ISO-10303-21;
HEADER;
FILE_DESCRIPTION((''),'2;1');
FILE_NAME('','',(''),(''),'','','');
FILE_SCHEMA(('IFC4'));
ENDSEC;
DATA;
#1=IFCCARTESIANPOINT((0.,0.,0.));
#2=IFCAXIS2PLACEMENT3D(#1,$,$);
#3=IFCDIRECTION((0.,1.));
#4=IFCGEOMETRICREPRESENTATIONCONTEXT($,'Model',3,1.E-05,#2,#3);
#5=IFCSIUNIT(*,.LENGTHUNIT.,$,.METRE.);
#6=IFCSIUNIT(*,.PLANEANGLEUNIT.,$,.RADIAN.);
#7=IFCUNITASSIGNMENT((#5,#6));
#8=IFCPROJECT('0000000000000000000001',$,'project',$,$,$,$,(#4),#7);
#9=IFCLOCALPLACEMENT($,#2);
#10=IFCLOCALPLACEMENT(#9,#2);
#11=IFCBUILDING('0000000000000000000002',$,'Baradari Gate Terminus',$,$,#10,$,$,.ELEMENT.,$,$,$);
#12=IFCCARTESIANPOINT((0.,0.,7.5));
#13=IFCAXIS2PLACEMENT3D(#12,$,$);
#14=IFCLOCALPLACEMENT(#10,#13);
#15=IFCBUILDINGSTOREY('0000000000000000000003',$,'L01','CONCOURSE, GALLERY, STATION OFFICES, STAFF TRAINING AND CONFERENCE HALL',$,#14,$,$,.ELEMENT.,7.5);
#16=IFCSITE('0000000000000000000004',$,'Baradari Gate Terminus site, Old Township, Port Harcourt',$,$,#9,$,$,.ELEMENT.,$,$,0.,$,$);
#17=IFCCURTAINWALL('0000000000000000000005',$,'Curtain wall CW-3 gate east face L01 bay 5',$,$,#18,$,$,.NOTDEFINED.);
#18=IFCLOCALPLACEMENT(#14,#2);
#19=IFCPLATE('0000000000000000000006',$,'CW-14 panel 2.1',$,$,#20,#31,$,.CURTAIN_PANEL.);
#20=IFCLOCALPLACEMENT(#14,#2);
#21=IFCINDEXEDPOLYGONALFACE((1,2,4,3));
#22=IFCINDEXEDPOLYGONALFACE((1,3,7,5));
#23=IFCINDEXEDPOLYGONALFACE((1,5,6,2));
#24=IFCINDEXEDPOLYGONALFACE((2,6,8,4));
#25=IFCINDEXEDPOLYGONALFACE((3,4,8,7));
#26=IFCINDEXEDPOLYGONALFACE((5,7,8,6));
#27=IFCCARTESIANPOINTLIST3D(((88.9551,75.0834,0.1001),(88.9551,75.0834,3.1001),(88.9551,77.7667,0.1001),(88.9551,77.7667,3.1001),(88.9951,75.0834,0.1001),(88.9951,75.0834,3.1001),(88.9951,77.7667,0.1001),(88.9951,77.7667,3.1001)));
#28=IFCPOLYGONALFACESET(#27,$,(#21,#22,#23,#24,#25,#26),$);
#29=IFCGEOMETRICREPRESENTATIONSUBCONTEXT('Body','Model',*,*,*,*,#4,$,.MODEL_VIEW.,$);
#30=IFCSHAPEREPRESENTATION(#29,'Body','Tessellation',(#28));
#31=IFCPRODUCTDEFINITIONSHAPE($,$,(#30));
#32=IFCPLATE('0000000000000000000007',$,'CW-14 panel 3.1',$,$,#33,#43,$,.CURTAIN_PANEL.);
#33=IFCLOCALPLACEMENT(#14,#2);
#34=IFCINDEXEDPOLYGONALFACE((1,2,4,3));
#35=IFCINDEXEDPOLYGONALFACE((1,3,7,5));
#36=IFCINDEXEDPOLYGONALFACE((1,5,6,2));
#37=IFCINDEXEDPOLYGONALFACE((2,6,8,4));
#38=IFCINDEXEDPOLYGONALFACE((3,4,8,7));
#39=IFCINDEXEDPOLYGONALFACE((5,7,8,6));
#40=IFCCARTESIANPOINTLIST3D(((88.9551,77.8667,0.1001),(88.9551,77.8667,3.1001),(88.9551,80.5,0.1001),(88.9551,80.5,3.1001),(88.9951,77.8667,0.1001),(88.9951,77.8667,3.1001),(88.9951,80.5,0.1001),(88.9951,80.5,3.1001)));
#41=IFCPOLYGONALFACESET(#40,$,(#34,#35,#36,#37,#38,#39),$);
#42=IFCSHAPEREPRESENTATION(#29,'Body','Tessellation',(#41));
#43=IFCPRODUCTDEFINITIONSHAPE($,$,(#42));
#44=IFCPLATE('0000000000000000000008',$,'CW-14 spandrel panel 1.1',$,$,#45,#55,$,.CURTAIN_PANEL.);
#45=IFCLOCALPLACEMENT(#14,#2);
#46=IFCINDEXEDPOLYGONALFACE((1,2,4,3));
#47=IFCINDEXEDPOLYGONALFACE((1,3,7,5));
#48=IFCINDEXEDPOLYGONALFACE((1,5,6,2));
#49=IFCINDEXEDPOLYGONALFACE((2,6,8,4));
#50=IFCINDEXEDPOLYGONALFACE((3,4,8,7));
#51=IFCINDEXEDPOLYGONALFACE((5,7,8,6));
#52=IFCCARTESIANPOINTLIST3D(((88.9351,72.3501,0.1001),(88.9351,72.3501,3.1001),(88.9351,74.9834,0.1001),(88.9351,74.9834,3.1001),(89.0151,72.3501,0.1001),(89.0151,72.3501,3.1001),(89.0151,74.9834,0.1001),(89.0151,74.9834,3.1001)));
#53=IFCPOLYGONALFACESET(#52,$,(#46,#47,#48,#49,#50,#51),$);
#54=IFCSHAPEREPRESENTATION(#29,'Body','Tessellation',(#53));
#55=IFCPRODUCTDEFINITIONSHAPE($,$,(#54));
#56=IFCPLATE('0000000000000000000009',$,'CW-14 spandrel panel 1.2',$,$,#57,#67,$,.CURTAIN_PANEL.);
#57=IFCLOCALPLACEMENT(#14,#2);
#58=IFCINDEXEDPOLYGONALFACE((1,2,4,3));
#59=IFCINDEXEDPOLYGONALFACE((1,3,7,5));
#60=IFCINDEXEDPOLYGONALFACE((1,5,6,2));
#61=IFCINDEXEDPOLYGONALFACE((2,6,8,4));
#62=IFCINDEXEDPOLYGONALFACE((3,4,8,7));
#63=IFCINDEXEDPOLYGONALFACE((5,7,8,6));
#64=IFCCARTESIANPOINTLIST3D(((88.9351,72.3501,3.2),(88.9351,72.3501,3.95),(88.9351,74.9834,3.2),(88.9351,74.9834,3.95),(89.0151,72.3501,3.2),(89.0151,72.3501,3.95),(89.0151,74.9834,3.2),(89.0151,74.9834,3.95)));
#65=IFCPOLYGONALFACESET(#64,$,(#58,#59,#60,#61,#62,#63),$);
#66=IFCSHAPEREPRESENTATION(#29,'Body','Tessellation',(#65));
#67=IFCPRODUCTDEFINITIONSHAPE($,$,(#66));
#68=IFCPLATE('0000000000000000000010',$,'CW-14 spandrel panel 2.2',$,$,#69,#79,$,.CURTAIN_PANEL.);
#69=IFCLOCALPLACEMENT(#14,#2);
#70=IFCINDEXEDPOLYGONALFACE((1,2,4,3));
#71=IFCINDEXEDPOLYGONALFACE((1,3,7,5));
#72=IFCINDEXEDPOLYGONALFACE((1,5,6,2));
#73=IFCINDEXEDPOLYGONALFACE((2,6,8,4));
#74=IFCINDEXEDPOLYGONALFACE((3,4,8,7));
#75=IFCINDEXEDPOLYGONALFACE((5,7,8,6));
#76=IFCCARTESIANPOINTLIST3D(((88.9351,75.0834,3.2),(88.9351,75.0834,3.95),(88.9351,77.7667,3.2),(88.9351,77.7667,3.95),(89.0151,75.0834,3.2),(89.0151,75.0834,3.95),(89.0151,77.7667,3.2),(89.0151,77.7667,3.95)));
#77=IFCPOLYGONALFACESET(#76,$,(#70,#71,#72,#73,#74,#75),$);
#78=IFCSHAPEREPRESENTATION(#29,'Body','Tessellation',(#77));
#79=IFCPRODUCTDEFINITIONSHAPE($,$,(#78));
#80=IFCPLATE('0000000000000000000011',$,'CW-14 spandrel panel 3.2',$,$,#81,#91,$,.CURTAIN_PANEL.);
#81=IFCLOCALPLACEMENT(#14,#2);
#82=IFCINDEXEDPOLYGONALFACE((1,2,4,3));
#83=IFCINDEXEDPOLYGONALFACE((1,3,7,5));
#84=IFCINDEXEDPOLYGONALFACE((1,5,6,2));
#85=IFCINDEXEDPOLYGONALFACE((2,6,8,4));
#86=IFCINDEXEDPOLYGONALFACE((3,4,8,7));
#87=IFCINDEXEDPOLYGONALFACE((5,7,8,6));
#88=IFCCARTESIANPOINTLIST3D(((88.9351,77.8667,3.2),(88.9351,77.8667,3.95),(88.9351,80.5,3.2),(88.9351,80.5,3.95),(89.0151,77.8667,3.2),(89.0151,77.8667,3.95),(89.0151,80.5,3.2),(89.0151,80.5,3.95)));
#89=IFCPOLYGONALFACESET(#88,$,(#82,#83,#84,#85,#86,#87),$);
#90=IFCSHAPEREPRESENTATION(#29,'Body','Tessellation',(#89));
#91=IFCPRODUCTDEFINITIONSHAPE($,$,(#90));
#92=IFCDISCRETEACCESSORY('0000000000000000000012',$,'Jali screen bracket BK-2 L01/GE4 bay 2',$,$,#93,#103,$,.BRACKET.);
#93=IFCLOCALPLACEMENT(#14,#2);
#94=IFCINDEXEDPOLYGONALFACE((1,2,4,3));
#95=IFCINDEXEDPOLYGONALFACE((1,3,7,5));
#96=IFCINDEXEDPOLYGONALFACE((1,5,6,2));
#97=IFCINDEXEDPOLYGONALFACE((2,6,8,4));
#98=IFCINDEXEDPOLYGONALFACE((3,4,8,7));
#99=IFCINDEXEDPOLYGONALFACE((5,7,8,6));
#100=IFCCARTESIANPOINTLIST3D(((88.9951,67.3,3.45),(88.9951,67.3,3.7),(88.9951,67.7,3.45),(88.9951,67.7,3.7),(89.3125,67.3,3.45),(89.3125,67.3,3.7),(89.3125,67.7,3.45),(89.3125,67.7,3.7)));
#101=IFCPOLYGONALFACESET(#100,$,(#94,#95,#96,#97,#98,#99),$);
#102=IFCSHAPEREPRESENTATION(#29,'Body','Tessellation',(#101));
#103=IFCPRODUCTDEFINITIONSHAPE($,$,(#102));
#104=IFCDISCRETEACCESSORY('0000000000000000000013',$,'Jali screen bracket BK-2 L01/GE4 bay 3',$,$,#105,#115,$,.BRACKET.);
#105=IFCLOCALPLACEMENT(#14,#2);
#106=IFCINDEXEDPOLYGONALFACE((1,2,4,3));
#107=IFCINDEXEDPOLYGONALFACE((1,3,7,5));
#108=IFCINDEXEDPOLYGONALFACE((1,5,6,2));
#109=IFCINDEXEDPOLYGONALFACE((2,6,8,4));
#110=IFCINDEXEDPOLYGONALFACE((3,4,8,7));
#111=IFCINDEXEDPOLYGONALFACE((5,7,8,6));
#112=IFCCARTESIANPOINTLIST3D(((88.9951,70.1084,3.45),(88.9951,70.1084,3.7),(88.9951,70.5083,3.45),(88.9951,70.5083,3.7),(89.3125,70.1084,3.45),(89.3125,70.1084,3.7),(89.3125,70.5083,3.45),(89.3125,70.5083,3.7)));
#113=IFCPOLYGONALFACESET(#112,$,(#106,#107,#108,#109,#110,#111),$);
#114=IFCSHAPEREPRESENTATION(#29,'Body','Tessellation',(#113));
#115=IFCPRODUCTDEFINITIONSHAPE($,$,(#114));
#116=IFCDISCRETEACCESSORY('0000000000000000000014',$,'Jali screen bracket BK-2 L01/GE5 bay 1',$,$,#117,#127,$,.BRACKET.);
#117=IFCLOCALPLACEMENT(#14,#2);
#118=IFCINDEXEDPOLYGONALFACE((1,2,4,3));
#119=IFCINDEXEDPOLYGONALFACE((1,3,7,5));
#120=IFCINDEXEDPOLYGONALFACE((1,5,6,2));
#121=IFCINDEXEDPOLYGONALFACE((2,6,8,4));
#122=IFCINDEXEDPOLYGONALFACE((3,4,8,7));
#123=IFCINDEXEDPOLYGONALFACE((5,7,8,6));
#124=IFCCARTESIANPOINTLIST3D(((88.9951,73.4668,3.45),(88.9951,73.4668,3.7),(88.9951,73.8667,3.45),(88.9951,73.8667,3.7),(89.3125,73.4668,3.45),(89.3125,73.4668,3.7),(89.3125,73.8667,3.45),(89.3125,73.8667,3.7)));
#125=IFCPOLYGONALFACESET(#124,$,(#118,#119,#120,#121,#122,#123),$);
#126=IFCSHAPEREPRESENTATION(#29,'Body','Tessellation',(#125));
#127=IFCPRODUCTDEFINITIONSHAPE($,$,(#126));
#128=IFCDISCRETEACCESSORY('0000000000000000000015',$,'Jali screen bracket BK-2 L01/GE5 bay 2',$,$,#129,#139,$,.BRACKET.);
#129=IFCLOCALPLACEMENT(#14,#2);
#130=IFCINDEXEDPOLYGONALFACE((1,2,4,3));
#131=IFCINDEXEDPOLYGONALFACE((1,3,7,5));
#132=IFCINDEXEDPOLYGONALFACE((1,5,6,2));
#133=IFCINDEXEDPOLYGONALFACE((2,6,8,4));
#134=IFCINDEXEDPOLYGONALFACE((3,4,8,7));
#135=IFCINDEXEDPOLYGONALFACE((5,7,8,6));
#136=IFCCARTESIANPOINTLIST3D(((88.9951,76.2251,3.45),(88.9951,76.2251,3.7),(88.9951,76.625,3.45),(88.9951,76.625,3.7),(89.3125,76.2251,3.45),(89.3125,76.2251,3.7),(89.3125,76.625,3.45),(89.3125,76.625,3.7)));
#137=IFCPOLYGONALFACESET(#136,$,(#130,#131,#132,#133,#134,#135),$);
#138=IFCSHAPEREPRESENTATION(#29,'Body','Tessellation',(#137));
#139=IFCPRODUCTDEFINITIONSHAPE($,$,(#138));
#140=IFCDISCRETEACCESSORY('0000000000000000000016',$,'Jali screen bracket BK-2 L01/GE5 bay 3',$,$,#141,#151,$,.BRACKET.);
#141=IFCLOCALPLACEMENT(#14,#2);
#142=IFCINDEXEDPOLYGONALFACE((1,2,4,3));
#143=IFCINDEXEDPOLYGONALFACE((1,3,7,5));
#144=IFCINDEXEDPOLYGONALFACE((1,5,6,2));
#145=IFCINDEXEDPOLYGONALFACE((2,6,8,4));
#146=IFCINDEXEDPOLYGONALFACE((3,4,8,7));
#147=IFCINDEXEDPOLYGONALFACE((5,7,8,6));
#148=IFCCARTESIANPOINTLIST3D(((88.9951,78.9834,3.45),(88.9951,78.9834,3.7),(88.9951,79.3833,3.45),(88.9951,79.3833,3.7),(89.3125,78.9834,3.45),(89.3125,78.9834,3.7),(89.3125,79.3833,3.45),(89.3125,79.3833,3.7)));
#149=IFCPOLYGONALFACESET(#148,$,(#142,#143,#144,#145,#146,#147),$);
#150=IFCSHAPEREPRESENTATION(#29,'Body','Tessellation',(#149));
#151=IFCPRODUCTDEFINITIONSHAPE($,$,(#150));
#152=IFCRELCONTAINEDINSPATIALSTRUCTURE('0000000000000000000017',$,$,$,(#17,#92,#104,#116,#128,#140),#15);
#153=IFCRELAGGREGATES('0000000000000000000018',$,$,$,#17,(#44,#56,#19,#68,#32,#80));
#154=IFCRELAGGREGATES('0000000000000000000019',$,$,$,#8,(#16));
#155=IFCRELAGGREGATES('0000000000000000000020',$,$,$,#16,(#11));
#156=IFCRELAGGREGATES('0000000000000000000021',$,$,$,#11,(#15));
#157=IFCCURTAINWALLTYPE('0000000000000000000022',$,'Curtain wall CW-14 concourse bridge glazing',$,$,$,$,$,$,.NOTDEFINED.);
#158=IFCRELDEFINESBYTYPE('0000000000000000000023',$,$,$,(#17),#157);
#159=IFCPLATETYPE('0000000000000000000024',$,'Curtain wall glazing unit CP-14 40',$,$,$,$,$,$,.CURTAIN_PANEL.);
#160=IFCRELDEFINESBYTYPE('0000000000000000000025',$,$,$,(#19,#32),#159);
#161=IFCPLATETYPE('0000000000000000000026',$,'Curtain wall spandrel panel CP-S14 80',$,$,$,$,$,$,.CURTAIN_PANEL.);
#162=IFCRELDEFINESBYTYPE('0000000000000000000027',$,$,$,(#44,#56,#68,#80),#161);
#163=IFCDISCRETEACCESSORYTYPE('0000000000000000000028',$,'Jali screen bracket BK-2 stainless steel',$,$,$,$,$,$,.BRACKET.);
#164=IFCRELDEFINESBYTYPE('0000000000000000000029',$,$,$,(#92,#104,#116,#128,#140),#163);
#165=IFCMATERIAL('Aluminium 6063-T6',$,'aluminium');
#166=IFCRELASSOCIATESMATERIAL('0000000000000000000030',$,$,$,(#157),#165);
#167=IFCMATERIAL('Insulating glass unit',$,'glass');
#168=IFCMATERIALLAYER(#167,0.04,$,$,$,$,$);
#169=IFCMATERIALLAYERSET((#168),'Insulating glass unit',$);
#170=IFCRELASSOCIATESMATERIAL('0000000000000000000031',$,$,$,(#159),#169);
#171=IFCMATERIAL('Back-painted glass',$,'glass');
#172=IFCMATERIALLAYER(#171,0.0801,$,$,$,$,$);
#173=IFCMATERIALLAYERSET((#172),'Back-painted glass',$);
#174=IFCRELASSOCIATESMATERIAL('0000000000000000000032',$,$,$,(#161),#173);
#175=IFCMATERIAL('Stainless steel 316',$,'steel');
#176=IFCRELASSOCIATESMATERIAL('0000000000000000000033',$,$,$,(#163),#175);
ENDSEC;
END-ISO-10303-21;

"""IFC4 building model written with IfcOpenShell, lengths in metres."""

from ifc_helpers import new_model, si_unit, direction, frame, origin, origin_2d, place, context, subcontext, project, spatial, rectangle, extrude, material, layer, layer_set, type_object, element, aggregate, save


model = new_model("IFC4")

# Units and contexts
model_context = context("Model", 3, precision=1e-05, world=origin(), true_north=direction((0.0, 1.0)))
body_context = subcontext(model_context, "Body", "Model", "MODEL_VIEW")
ifc_project = project(units=[si_unit("LENGTHUNIT", "METRE"), si_unit("PLANEANGLEUNIT", "RADIAN")], contexts=[model_context])

# Site, building, storey
site_placement = place(None, origin())
site = spatial("IfcSite", under=ifc_project, at=site_placement, Name="Baradari Gate Terminus site, Old Township, Port Harcourt", CompositionType="ELEMENT", RefElevation=0.0)
building_placement = place(site_placement, origin())
building = spatial("IfcBuilding", under=site, at=building_placement, Name="Baradari Gate Terminus", CompositionType="ELEMENT")
storey_placement = place(building_placement, frame((0.0, 0.0, 7.5)))
storey = spatial("IfcBuildingStorey", under=building, at=storey_placement, Name="L01", Description="CONCOURSE, GALLERY, STATION OFFICES, STAFF TRAINING AND CONFERENCE HALL", CompositionType="ELEMENT", Elevation=7.5)

# Curtain wall, plates
ifc_material_1 = material(Name="Aluminium 6063-T6", Category="aluminium")
curtain_wall_type = type_object("IfcCurtainWallType", Name="Curtain wall CW-14 concourse bridge glazing", PredefinedType="NOTDEFINED", material=ifc_material_1)
curtain_wall_placement = place(storey_placement, origin())
curtain_wall = element("IfcCurtainWall", 1, at=curtain_wall_placement, inside=storey, type_object=curtain_wall_type, Name="Curtain wall CW-3 gate east face L01 bay 5", PredefinedType="NOTDEFINED")
ifc_material_2 = material(Name="Insulating glass unit", Category="glass")
ifc_layer_1 = layer(ifc_material_2, 0.04)
ifc_layer_set_1 = layer_set([ifc_layer_1], Name="Insulating glass unit")
plate_type_1 = type_object("IfcPlateType", Name="Curtain wall glazing unit CP-14 40", PredefinedType="CURTAIN_PANEL", material=ifc_layer_set_1)
plate_1_placement = place(storey_placement, frame((88.9751, 76.425, 0.1001), z_axis=(0.0, 0.0, 1.0), x_axis=(0.0, 1.0, 0.0)))
plate_1 = element("IfcPlate", 2, at=plate_1_placement, type_object=plate_type_1, Name="CW-14 panel 2.1", PredefinedType="CURTAIN_PANEL", context=body_context, shape_type="SweptSolid", body=[
    extrude(rectangle(XDim=2.6833, YDim=0.04, at=origin_2d()), origin(), (0.0, 0.0, 1.0), 3.0),
])
plate_2_placement = place(storey_placement, frame((88.9751, 79.1833, 0.1001), z_axis=(0.0, 0.0, 1.0), x_axis=(0.0, 1.0, 0.0)))
plate_2 = element("IfcPlate", 3, at=plate_2_placement, type_object=plate_type_1, Name="CW-14 panel 3.1", PredefinedType="CURTAIN_PANEL", context=body_context, shape_type="SweptSolid", body=[
    extrude(rectangle(XDim=2.6333, YDim=0.04, at=origin_2d()), origin(), (0.0, 0.0, 1.0), 3.0),
])
ifc_material_3 = material(Name="Back-painted glass", Category="glass")
ifc_layer_2 = layer(ifc_material_3, 0.0801)
ifc_layer_set_2 = layer_set([ifc_layer_2], Name="Back-painted glass")
plate_type_2 = type_object("IfcPlateType", Name="Curtain wall spandrel panel CP-S14 80", PredefinedType="CURTAIN_PANEL", material=ifc_layer_set_2)
plate_3_placement = place(storey_placement, frame((88.9751, 73.6667, 0.1001), z_axis=(0.0, 0.0, 1.0), x_axis=(0.0, 1.0, 0.0)))
plate_3 = element("IfcPlate", 4, at=plate_3_placement, type_object=plate_type_2, Name="CW-14 spandrel panel 1.1", PredefinedType="CURTAIN_PANEL", context=body_context, shape_type="SweptSolid", body=[
    extrude(rectangle(XDim=2.6333, YDim=0.0801, at=origin_2d()), origin(), (0.0, 0.0, 1.0), 3.0),
])
plate_4_placement = place(storey_placement, frame((88.9751, 73.6667, 3.2), z_axis=(0.0, 0.0, 1.0), x_axis=(0.0, 1.0, 0.0)))
plate_4 = element("IfcPlate", 5, at=plate_4_placement, type_object=plate_type_2, Name="CW-14 spandrel panel 1.2", PredefinedType="CURTAIN_PANEL", context=body_context, shape_type="SweptSolid", body=[
    extrude(rectangle(XDim=2.6333, YDim=0.0801, at=origin_2d()), origin(), (0.0, 0.0, 1.0), 0.75),
])
plate_5_placement = place(storey_placement, frame((88.9751, 76.425, 3.2), z_axis=(0.0, 0.0, 1.0), x_axis=(0.0, 1.0, 0.0)))
plate_5 = element("IfcPlate", 6, at=plate_5_placement, type_object=plate_type_2, Name="CW-14 spandrel panel 2.2", PredefinedType="CURTAIN_PANEL", context=body_context, shape_type="SweptSolid", body=[
    extrude(rectangle(XDim=2.6833, YDim=0.0801, at=origin_2d()), origin(), (0.0, 0.0, 1.0), 0.75),
])
plate_6_placement = place(storey_placement, frame((88.9751, 79.1833, 3.2), z_axis=(0.0, 0.0, 1.0), x_axis=(0.0, 1.0, 0.0)))
plate_6 = element("IfcPlate", 7, at=plate_6_placement, type_object=plate_type_2, Name="CW-14 spandrel panel 3.2", PredefinedType="CURTAIN_PANEL", context=body_context, shape_type="SweptSolid", body=[
    extrude(rectangle(XDim=2.6333, YDim=0.0801, at=origin_2d()), origin(), (0.0, 0.0, 1.0), 0.75),
])
aggregate(curtain_wall, [plate_3, plate_4, plate_1, plate_5, plate_2, plate_6])

# Discrete accessories
ifc_material_4 = material(Name="Stainless steel 316", Category="steel")
discrete_accessory_type = type_object("IfcDiscreteAccessoryType", Name="Jali screen bracket BK-2 stainless steel", PredefinedType="BRACKET", material=ifc_material_4)
for number, where, z_axis, x_axis, name in (
    (8, (89.1538, 67.5, 3.45), (0.0, 0.0, 1.0), (1.0, 0.0, 0.0), "Jali screen bracket BK-2 L01/GE4 bay 2"),
    (9, (89.1538, 70.3083, 3.45), (0.0, 0.0, 1.0), (1.0, 0.0, 0.0), "Jali screen bracket BK-2 L01/GE4 bay 3"),
    (10, (89.1538, 73.6667, 3.45), (0.0, 0.0, 1.0), (1.0, 0.0, 0.0), "Jali screen bracket BK-2 L01/GE5 bay 1"),
    (11, (89.1538, 76.425, 3.45), (0.0, 0.0, 1.0), (1.0, 0.0, 0.0), "Jali screen bracket BK-2 L01/GE5 bay 2"),
    (12, (89.1538, 79.1833, 3.45), (0.0, 0.0, 1.0), (1.0, 0.0, 0.0), "Jali screen bracket BK-2 L01/GE5 bay 3"),
):
    element("IfcDiscreteAccessory", number, at=place(storey_placement, frame(where, z_axis=z_axis, x_axis=x_axis)), inside=storey, type_object=discrete_accessory_type, Name=name, PredefinedType="BRACKET", context=body_context, shape_type="SweptSolid", body=[
        extrude(rectangle(XDim=0.3174, YDim=0.3999, at=origin_2d()), origin(), (0.0, 0.0, 1.0), 0.25),
    ])

save(model, "model.ifc")
